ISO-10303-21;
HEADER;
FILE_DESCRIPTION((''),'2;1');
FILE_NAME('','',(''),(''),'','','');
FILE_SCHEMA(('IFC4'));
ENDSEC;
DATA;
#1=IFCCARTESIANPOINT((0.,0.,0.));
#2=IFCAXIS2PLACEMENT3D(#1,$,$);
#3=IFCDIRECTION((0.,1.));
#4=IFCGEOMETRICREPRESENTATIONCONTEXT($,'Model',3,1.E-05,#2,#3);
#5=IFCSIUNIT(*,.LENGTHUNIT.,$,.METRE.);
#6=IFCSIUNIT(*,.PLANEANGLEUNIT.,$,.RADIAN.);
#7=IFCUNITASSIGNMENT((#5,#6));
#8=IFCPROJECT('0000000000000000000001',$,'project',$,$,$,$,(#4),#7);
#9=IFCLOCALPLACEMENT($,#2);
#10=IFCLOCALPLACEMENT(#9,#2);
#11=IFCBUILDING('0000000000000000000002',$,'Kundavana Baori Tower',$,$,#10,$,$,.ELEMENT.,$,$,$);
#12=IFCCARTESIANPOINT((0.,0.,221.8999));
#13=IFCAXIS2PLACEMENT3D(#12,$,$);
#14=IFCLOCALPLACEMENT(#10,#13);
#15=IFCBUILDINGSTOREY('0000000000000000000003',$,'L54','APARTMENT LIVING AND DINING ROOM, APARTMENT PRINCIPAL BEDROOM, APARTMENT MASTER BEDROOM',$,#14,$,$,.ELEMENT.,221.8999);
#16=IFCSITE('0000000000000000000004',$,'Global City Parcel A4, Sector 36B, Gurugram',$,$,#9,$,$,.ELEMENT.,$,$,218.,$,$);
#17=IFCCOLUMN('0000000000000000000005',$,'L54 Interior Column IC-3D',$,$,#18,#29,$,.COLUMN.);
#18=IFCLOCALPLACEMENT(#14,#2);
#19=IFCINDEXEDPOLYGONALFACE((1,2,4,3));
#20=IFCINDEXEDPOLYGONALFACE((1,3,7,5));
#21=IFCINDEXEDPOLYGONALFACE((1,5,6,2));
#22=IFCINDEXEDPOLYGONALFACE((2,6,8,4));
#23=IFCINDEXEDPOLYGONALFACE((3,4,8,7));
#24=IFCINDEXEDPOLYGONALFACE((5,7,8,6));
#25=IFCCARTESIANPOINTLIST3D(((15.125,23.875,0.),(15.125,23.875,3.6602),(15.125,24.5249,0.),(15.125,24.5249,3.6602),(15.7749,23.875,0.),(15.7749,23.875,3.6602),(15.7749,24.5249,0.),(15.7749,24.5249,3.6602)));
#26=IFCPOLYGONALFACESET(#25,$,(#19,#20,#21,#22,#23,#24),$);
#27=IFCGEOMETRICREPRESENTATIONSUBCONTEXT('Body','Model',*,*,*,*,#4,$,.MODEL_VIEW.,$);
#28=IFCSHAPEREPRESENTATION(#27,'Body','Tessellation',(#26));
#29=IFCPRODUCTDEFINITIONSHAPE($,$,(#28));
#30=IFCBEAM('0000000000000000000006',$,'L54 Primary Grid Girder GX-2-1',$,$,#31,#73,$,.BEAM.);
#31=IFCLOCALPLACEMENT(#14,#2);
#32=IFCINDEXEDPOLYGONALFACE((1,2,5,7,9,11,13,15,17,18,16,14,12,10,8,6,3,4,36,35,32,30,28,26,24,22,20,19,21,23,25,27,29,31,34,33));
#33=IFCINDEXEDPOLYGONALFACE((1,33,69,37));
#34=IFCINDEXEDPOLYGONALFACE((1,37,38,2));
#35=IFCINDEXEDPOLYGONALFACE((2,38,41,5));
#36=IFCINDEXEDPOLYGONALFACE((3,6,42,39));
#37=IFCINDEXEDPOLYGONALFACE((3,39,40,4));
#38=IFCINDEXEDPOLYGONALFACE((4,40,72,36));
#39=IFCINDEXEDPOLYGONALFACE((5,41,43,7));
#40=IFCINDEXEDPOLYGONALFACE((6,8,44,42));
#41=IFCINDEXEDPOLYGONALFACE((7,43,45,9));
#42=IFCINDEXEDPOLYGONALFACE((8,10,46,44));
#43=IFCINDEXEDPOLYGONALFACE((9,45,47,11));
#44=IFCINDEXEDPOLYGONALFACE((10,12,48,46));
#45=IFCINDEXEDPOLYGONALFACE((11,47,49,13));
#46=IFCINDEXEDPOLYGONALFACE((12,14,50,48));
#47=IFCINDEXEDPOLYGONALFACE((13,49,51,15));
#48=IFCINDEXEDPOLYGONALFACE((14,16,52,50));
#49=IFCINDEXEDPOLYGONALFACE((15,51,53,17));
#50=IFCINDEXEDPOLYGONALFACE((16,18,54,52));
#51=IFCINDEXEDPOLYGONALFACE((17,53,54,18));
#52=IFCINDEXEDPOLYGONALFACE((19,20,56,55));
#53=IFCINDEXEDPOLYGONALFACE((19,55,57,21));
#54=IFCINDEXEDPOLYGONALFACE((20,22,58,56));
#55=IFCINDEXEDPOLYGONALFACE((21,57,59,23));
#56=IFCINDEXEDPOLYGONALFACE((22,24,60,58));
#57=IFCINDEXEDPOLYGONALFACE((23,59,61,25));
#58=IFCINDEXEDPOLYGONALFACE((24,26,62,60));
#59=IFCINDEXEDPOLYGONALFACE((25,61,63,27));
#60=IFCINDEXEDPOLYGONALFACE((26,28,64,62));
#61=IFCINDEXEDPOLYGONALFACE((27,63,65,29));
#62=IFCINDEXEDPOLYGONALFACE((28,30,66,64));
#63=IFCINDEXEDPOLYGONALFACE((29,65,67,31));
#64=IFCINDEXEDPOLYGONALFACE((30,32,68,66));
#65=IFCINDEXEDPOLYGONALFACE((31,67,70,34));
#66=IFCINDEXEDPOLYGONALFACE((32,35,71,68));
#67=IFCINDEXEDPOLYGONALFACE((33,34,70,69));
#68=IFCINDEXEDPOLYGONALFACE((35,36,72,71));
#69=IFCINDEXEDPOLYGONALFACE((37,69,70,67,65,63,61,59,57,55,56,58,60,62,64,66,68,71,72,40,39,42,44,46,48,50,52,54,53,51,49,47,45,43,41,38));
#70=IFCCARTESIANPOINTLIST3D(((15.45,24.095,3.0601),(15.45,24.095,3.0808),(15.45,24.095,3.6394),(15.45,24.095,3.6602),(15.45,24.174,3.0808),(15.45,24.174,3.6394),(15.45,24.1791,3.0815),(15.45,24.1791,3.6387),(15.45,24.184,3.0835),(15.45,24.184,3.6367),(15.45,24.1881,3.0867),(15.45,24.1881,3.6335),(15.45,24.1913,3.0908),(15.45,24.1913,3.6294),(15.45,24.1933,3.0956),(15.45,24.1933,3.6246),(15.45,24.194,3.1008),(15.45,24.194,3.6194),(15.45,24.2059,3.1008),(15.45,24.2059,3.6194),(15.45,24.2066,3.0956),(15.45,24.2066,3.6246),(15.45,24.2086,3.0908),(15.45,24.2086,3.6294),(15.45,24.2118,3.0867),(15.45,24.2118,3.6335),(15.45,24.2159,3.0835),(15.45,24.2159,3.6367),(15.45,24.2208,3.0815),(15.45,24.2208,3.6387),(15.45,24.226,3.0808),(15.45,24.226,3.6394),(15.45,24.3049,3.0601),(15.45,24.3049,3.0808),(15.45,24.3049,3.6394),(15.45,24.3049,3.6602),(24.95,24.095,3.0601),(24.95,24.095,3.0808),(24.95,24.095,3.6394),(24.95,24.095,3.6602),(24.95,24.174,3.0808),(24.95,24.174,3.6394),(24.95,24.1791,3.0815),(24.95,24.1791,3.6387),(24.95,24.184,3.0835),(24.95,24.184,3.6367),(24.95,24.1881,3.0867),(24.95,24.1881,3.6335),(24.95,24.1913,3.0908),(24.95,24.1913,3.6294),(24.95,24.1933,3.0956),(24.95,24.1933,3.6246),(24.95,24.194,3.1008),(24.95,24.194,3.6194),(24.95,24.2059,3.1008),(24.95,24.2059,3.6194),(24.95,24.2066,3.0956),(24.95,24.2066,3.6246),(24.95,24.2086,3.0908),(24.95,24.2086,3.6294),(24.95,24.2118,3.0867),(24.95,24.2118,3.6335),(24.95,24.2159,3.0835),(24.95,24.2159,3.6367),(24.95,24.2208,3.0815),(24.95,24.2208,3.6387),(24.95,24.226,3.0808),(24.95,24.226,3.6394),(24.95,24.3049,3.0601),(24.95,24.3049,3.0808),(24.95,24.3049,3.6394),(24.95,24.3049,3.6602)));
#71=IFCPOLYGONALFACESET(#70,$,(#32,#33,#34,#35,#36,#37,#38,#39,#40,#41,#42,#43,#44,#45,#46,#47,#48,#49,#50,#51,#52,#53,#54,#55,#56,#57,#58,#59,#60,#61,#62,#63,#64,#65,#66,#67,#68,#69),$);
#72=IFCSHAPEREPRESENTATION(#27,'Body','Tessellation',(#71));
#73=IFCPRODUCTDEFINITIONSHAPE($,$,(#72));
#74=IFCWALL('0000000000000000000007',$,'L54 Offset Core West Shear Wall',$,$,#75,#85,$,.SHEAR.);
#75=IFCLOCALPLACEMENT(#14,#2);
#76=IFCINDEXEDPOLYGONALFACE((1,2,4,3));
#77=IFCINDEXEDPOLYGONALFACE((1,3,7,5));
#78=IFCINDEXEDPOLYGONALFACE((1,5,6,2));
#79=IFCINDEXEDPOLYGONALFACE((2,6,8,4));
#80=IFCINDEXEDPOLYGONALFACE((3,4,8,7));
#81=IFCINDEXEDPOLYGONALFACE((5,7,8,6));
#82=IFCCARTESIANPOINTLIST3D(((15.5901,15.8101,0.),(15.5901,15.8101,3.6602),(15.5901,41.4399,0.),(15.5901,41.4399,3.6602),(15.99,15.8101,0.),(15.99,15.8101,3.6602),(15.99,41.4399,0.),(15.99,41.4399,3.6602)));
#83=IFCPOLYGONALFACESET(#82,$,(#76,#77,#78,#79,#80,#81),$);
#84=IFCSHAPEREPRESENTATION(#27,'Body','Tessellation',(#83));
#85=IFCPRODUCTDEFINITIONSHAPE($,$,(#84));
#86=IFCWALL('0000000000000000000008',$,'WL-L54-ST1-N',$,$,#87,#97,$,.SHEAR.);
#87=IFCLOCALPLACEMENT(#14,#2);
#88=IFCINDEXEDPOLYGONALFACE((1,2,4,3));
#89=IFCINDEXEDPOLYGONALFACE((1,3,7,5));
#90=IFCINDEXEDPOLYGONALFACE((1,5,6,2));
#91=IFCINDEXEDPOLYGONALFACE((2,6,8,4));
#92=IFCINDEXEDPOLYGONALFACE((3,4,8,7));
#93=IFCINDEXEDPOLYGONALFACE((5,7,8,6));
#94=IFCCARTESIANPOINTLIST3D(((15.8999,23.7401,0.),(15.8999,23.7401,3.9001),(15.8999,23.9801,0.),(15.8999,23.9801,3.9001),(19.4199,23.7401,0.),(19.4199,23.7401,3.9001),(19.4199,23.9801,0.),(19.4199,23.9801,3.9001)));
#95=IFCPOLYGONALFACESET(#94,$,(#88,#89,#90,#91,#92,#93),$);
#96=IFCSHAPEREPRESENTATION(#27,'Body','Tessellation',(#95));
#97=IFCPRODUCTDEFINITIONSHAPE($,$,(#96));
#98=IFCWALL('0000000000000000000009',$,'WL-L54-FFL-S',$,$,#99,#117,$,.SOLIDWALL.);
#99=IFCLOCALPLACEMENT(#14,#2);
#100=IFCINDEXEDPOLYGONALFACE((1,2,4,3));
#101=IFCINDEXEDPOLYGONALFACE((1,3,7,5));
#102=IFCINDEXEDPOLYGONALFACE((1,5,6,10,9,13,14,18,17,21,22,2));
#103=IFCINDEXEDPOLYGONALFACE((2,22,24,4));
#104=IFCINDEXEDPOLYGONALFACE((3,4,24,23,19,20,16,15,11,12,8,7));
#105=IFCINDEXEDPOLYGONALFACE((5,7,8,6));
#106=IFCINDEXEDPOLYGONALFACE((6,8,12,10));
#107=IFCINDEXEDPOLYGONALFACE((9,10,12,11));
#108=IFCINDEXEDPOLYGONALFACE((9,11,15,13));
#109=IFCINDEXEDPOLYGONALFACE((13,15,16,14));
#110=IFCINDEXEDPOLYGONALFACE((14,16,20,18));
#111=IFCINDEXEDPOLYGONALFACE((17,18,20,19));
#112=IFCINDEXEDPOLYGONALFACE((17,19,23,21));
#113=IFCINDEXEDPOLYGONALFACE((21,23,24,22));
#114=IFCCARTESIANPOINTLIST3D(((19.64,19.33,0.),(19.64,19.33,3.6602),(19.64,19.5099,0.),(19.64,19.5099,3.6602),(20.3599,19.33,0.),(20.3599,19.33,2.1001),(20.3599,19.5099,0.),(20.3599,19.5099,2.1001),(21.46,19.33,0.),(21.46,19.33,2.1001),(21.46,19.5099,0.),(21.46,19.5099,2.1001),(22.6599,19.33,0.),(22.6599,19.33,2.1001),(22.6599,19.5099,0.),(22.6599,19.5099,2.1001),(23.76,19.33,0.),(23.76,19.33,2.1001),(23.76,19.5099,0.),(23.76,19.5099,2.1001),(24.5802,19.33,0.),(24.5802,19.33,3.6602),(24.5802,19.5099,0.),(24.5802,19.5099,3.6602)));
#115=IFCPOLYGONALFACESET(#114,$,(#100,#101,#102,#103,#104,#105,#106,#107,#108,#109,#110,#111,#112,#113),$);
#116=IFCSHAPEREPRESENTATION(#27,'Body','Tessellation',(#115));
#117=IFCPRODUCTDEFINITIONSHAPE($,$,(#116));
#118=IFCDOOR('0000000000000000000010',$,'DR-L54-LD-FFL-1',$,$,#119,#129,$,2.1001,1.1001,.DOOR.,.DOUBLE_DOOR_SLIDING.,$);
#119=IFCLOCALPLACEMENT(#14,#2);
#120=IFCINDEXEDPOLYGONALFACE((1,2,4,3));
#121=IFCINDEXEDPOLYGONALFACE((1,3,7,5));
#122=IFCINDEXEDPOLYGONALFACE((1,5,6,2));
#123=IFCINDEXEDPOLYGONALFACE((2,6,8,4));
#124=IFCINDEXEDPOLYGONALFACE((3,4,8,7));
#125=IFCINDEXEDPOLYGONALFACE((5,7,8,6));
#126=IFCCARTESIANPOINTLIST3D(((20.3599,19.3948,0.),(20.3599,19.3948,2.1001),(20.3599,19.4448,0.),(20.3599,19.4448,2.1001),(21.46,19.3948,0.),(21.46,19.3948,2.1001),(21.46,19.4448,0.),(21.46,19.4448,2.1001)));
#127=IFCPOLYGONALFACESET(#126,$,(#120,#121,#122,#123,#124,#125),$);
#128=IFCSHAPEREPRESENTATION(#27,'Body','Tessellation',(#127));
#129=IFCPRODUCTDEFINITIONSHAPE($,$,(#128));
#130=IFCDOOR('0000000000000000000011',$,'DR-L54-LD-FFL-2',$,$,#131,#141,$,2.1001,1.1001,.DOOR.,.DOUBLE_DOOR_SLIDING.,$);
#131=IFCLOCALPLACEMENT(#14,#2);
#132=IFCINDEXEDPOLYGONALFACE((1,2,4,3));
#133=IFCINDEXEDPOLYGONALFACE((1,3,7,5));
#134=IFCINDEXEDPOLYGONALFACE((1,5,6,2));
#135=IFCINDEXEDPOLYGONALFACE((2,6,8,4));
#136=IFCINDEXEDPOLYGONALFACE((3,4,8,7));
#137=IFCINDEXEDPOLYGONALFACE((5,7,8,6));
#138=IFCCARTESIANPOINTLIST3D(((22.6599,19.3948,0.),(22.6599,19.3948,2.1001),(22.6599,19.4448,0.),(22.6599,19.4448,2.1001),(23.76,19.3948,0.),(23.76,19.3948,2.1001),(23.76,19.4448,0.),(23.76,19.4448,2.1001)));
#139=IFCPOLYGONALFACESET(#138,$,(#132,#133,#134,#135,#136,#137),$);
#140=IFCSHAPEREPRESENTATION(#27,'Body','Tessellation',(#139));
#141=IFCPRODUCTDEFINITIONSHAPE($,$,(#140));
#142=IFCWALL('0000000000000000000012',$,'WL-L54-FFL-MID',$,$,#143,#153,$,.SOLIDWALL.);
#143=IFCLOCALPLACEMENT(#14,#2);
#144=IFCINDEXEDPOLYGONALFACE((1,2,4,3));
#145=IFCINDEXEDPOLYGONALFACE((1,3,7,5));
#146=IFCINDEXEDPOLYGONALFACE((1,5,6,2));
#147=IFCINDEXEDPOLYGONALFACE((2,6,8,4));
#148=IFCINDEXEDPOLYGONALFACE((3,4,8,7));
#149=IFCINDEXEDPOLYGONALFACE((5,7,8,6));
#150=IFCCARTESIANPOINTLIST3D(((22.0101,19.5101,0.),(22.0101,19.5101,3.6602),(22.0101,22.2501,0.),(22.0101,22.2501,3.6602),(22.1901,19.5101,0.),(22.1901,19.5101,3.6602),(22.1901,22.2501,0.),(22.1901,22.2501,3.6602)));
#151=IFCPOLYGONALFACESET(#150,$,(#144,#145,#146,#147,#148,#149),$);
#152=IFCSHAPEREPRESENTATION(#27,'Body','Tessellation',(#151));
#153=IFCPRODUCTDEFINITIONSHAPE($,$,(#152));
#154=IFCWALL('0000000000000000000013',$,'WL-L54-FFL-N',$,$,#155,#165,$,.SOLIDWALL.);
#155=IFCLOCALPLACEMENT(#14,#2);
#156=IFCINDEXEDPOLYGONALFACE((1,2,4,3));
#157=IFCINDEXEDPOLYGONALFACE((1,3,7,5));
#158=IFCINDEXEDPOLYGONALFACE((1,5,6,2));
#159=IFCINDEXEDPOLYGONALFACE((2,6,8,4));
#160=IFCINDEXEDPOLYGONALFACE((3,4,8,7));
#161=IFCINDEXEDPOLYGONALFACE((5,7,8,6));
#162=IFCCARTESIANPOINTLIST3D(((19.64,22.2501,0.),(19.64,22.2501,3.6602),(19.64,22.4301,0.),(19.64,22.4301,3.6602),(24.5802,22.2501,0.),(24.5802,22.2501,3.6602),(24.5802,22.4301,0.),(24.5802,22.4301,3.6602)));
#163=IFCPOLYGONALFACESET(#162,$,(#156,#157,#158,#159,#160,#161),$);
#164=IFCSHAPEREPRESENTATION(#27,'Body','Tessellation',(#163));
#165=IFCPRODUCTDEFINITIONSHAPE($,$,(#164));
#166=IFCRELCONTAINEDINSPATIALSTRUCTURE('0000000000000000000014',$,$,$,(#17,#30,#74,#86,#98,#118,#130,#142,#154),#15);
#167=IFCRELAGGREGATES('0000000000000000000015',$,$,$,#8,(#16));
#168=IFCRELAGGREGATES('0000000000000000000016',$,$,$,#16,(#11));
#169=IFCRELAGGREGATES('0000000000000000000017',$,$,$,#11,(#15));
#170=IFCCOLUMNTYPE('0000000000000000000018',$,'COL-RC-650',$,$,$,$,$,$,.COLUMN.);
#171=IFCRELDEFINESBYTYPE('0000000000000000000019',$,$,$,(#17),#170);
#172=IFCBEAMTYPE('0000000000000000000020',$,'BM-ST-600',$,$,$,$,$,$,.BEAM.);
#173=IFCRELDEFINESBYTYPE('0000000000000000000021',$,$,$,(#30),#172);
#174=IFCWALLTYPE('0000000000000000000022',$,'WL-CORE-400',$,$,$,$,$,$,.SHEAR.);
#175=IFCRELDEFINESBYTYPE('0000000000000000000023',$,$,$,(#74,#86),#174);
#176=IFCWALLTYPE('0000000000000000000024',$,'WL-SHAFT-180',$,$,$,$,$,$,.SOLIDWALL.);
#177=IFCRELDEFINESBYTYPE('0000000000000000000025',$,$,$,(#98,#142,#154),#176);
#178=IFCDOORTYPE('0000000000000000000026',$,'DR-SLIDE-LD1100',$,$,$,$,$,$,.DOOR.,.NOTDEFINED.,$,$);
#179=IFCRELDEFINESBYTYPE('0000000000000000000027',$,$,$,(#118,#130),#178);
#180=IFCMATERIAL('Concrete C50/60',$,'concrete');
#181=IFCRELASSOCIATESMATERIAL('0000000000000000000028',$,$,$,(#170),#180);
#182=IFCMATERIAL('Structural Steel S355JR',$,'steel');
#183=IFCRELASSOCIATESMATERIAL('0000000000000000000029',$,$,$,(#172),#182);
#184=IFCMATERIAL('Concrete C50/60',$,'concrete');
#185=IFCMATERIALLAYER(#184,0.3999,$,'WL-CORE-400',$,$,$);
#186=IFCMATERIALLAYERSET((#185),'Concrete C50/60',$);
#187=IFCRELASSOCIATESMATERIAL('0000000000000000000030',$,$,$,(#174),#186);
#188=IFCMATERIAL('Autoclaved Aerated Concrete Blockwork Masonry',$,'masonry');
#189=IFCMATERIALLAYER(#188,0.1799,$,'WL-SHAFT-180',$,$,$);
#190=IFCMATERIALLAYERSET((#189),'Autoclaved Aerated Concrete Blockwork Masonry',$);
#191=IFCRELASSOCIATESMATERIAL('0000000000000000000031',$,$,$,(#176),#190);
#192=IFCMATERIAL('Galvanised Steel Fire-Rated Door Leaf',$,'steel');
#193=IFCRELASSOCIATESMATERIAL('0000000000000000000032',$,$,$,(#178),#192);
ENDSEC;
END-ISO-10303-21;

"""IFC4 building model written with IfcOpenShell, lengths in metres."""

from ifc_helpers import new_model, si_unit, direction, frame, frame_2d, origin, origin_2d, place, context, subcontext, project, spatial, rectangle, i_section, extrude, material, layer, layer_set, material_profile, profile_set, type_object, element, fill, save


model = new_model("IFC4")

# Units and contexts
model_context = context("Model", 3, precision=1e-05, world=origin(), true_north=direction((0.0, 1.0)))
body_context = subcontext(model_context, "Body", "Model", "MODEL_VIEW")
ifc_project = project(units=[si_unit("LENGTHUNIT", "METRE"), si_unit("PLANEANGLEUNIT", "RADIAN")], contexts=[model_context])

# Site, building, storey
site_placement = place(None, origin())
site = spatial("IfcSite", under=ifc_project, at=site_placement, Name="Global City Parcel A4, Sector 36B, Gurugram", CompositionType="ELEMENT", RefElevation=218.0)
building_placement = place(site_placement, origin())
building = spatial("IfcBuilding", under=site, at=building_placement, Name="Kundavana Baori Tower", CompositionType="ELEMENT")
storey_placement = place(building_placement, frame((0.0, 0.0, 221.8999)))
storey = spatial("IfcBuildingStorey", under=building, at=storey_placement, Name="L54", Description="APARTMENT LIVING AND DINING ROOM, APARTMENT PRINCIPAL BEDROOM, APARTMENT MASTER BEDROOM", CompositionType="ELEMENT", Elevation=221.8999)

# Column
ifc_material_1 = material(Name="Concrete C50/60", Category="concrete")
ifc_material_profile_1 = material_profile(ifc_material_1, rectangle(XDim=0.6499, YDim=0.6499, at=origin_2d()), Name="RC 650x650")
ifc_profile_set_1 = profile_set([ifc_material_profile_1], Name="Concrete C50/60")
column_type = type_object("IfcColumnType", Name="COL-RC-650", PredefinedType="COLUMN", material=ifc_profile_set_1)
column_placement = place(storey_placement, frame((15.45, 24.2, 0.0), z_axis=(0.0, 0.0, 1.0), x_axis=(1.0, 0.0, 0.0)))
element("IfcColumn", 1, at=column_placement, inside=storey, type_object=column_type, Name="L54 Interior Column IC-3D", PredefinedType="COLUMN", context=body_context, shape_type="SweptSolid", body=[
    extrude(rectangle(XDim=0.6499, YDim=0.6499, at=origin_2d()), origin(), (0.0, 0.0, 1.0), 3.6602),
])

# Beam
ifc_material_2 = material(Name="Structural Steel S355JR", Category="steel")
ifc_material_profile_2 = material_profile(ifc_material_2, i_section(OverallWidth=0.21, OverallDepth=0.6001, WebThickness=0.012, FlangeThickness=0.0208, FilletRadius=0.02, at=origin_2d()), Name="ISMB 600")
ifc_profile_set_2 = profile_set([ifc_material_profile_2], Name="Structural Steel S355JR")
beam_type = type_object("IfcBeamType", Name="BM-ST-600", PredefinedType="BEAM", material=ifc_profile_set_2)
beam_placement = place(storey_placement, frame((15.45, 24.2, 3.3601), z_axis=(1.0, 0.0, 0.0), x_axis=(0.0, 1.0, 0.0)))
element("IfcBeam", 2, at=beam_placement, inside=storey, type_object=beam_type, Name="L54 Primary Grid Girder GX-2-1", PredefinedType="BEAM", context=body_context, shape_type="SweptSolid", body=[
    extrude(i_section(OverallWidth=0.21, OverallDepth=0.6001, WebThickness=0.012, FlangeThickness=0.0208, FilletRadius=0.02, at=origin_2d()), origin(), (0.0, 0.0, 1.0), 9.5),
])

# Walls
ifc_material_3 = material(Name="Concrete C50/60", Category="concrete")
ifc_layer_1 = layer(ifc_material_3, 0.3999, Name="WL-CORE-400")
ifc_layer_set_1 = layer_set([ifc_layer_1], Name="Concrete C50/60")
wall_type_1 = type_object("IfcWallType", Name="WL-CORE-400", PredefinedType="SHEAR", material=ifc_layer_set_1)
wall_1_placement = place(storey_placement, frame((15.79, 15.8101, 0.0), z_axis=(0.0, 0.0, 1.0), x_axis=(0.0, 1.0, 0.0)))
element("IfcWall", 3, at=wall_1_placement, inside=storey, type_object=wall_type_1, Name="L54 Offset Core West Shear Wall", PredefinedType="SHEAR", context=body_context, shape_type="SweptSolid", body=[
    extrude(rectangle(XDim=25.6299, YDim=0.3999, at=frame_2d((12.8149, 0.0))), origin(), (0.0, 0.0, 1.0), 3.6602),
])
wall_2_placement = place(storey_placement, frame((15.8999, 23.8601, 0.0), z_axis=(0.0, 0.0, 1.0), x_axis=(1.0, 0.0, 0.0)))
element("IfcWall", 4, at=wall_2_placement, inside=storey, type_object=wall_type_1, Name="WL-L54-ST1-N", PredefinedType="SHEAR", context=body_context, shape_type="SweptSolid", body=[
    extrude(rectangle(XDim=3.52, YDim=0.24, at=frame_2d((1.76, 0.0))), origin(), (0.0, 0.0, 1.0), 3.9001),
])

# Wall, openings, doors
ifc_material_4 = material(Name="Autoclaved Aerated Concrete Blockwork Masonry", Category="masonry")
ifc_layer_2 = layer(ifc_material_4, 0.1799, Name="WL-SHAFT-180")
ifc_layer_set_2 = layer_set([ifc_layer_2], Name="Autoclaved Aerated Concrete Blockwork Masonry")
wall_type_2 = type_object("IfcWallType", Name="WL-SHAFT-180", PredefinedType="SOLIDWALL", material=ifc_layer_set_2)
wall_3_placement = place(storey_placement, frame((19.6399, 19.4199, 0.0), z_axis=(0.0, 0.0, 1.0), x_axis=(1.0, 0.0, 0.0)))
wall_3 = element("IfcWall", 5, at=wall_3_placement, inside=storey, type_object=wall_type_2, Name="WL-L54-FFL-S", PredefinedType="SOLIDWALL", context=body_context, shape_type="SweptSolid", body=[
    extrude(rectangle(XDim=4.9402, YDim=0.1799, at=frame_2d((2.4702, 0.0))), origin(), (0.0, 0.0, 1.0), 3.6602),
])
opening_1_placement = place(wall_3_placement, frame((0.72, 0.0, 0.0)))
opening_1 = element("IfcOpeningElement", 6, at=opening_1_placement, cuts=wall_3, PredefinedType="OPENING", context=body_context, shape_type="SweptSolid", body=[
    extrude(rectangle(XDim=1.1001, YDim=2.1001, at=frame_2d((0.55, 1.05))), frame((0.0, 0.1001, 0.0), z_axis=(0.0, -1.0, 0.0), x_axis=(1.0, 0.0, 0.0)), (0.0, 0.0, 1.0), 0.2),
])
opening_2_placement = place(wall_3_placement, frame((3.02, 0.0, 0.0)))
opening_2 = element("IfcOpeningElement", 7, at=opening_2_placement, cuts=wall_3, PredefinedType="OPENING", context=body_context, shape_type="SweptSolid", body=[
    extrude(rectangle(XDim=1.1001, YDim=2.1001, at=frame_2d((0.55, 1.05))), frame((0.0, 0.1001, 0.0), z_axis=(0.0, -1.0, 0.0), x_axis=(1.0, 0.0, 0.0)), (0.0, 0.0, 1.0), 0.2),
])
ifc_material_5 = material(Name="Galvanised Steel Fire-Rated Door Leaf", Category="steel")
door_type = type_object("IfcDoorType", Name="DR-SLIDE-LD1100", OperationType="NOTDEFINED", PredefinedType="DOOR", material=ifc_material_5)
door_1_placement = place(opening_1_placement, origin())
door_1 = element("IfcDoor", 8, at=door_1_placement, inside=storey, type_object=door_type, Name="DR-L54-LD-FFL-1", OperationType="DOUBLE_DOOR_SLIDING", OverallHeight=2.1001, OverallWidth=1.1001, PredefinedType="DOOR", context=body_context, shape_type="SweptSolid", body=[
    extrude(rectangle(XDim=1.1001, YDim=2.1001, at=frame_2d((0.55, 1.05))), frame((0.0, 0.0249, 0.0), z_axis=(0.0, -1.0, 0.0), x_axis=(1.0, 0.0, 0.0)), (0.0, 0.0, 1.0), 0.05),
])
fill(opening_1, door_1)
door_2_placement = place(opening_2_placement, origin())
door_2 = element("IfcDoor", 9, at=door_2_placement, inside=storey, type_object=door_type, Name="DR-L54-LD-FFL-2", OperationType="DOUBLE_DOOR_SLIDING", OverallHeight=2.1001, OverallWidth=1.1001, PredefinedType="DOOR", context=body_context, shape_type="SweptSolid", body=[
    extrude(rectangle(XDim=1.1001, YDim=2.1001, at=frame_2d((0.55, 1.05))), frame((0.0, 0.0249, 0.0), z_axis=(0.0, -1.0, 0.0), x_axis=(1.0, 0.0, 0.0)), (0.0, 0.0, 1.0), 0.05),
])
fill(opening_2, door_2)

# Walls
wall_4_placement = place(storey_placement, frame((22.1001, 19.51, 0.0), z_axis=(0.0, 0.0, 1.0), x_axis=(0.0, 1.0, 0.0)))
element("IfcWall", 10, at=wall_4_placement, inside=storey, type_object=wall_type_2, Name="WL-L54-FFL-MID", PredefinedType="SOLIDWALL", context=body_context, shape_type="SweptSolid", body=[
    extrude(rectangle(XDim=2.74, YDim=0.1799, at=frame_2d((1.3701, 0.0))), origin(), (0.0, 0.0, 1.0), 3.6602),
])
wall_5_placement = place(storey_placement, frame((19.6399, 22.3401, 0.0), z_axis=(0.0, 0.0, 1.0), x_axis=(1.0, 0.0, 0.0)))
element("IfcWall", 11, at=wall_5_placement, inside=storey, type_object=wall_type_2, Name="WL-L54-FFL-N", PredefinedType="SOLIDWALL", context=body_context, shape_type="SweptSolid", body=[
    extrude(rectangle(XDim=4.9402, YDim=0.1799, at=frame_2d((2.4702, 0.0))), origin(), (0.0, 0.0, 1.0), 3.6602),
])

save(model, "model.ifc")
